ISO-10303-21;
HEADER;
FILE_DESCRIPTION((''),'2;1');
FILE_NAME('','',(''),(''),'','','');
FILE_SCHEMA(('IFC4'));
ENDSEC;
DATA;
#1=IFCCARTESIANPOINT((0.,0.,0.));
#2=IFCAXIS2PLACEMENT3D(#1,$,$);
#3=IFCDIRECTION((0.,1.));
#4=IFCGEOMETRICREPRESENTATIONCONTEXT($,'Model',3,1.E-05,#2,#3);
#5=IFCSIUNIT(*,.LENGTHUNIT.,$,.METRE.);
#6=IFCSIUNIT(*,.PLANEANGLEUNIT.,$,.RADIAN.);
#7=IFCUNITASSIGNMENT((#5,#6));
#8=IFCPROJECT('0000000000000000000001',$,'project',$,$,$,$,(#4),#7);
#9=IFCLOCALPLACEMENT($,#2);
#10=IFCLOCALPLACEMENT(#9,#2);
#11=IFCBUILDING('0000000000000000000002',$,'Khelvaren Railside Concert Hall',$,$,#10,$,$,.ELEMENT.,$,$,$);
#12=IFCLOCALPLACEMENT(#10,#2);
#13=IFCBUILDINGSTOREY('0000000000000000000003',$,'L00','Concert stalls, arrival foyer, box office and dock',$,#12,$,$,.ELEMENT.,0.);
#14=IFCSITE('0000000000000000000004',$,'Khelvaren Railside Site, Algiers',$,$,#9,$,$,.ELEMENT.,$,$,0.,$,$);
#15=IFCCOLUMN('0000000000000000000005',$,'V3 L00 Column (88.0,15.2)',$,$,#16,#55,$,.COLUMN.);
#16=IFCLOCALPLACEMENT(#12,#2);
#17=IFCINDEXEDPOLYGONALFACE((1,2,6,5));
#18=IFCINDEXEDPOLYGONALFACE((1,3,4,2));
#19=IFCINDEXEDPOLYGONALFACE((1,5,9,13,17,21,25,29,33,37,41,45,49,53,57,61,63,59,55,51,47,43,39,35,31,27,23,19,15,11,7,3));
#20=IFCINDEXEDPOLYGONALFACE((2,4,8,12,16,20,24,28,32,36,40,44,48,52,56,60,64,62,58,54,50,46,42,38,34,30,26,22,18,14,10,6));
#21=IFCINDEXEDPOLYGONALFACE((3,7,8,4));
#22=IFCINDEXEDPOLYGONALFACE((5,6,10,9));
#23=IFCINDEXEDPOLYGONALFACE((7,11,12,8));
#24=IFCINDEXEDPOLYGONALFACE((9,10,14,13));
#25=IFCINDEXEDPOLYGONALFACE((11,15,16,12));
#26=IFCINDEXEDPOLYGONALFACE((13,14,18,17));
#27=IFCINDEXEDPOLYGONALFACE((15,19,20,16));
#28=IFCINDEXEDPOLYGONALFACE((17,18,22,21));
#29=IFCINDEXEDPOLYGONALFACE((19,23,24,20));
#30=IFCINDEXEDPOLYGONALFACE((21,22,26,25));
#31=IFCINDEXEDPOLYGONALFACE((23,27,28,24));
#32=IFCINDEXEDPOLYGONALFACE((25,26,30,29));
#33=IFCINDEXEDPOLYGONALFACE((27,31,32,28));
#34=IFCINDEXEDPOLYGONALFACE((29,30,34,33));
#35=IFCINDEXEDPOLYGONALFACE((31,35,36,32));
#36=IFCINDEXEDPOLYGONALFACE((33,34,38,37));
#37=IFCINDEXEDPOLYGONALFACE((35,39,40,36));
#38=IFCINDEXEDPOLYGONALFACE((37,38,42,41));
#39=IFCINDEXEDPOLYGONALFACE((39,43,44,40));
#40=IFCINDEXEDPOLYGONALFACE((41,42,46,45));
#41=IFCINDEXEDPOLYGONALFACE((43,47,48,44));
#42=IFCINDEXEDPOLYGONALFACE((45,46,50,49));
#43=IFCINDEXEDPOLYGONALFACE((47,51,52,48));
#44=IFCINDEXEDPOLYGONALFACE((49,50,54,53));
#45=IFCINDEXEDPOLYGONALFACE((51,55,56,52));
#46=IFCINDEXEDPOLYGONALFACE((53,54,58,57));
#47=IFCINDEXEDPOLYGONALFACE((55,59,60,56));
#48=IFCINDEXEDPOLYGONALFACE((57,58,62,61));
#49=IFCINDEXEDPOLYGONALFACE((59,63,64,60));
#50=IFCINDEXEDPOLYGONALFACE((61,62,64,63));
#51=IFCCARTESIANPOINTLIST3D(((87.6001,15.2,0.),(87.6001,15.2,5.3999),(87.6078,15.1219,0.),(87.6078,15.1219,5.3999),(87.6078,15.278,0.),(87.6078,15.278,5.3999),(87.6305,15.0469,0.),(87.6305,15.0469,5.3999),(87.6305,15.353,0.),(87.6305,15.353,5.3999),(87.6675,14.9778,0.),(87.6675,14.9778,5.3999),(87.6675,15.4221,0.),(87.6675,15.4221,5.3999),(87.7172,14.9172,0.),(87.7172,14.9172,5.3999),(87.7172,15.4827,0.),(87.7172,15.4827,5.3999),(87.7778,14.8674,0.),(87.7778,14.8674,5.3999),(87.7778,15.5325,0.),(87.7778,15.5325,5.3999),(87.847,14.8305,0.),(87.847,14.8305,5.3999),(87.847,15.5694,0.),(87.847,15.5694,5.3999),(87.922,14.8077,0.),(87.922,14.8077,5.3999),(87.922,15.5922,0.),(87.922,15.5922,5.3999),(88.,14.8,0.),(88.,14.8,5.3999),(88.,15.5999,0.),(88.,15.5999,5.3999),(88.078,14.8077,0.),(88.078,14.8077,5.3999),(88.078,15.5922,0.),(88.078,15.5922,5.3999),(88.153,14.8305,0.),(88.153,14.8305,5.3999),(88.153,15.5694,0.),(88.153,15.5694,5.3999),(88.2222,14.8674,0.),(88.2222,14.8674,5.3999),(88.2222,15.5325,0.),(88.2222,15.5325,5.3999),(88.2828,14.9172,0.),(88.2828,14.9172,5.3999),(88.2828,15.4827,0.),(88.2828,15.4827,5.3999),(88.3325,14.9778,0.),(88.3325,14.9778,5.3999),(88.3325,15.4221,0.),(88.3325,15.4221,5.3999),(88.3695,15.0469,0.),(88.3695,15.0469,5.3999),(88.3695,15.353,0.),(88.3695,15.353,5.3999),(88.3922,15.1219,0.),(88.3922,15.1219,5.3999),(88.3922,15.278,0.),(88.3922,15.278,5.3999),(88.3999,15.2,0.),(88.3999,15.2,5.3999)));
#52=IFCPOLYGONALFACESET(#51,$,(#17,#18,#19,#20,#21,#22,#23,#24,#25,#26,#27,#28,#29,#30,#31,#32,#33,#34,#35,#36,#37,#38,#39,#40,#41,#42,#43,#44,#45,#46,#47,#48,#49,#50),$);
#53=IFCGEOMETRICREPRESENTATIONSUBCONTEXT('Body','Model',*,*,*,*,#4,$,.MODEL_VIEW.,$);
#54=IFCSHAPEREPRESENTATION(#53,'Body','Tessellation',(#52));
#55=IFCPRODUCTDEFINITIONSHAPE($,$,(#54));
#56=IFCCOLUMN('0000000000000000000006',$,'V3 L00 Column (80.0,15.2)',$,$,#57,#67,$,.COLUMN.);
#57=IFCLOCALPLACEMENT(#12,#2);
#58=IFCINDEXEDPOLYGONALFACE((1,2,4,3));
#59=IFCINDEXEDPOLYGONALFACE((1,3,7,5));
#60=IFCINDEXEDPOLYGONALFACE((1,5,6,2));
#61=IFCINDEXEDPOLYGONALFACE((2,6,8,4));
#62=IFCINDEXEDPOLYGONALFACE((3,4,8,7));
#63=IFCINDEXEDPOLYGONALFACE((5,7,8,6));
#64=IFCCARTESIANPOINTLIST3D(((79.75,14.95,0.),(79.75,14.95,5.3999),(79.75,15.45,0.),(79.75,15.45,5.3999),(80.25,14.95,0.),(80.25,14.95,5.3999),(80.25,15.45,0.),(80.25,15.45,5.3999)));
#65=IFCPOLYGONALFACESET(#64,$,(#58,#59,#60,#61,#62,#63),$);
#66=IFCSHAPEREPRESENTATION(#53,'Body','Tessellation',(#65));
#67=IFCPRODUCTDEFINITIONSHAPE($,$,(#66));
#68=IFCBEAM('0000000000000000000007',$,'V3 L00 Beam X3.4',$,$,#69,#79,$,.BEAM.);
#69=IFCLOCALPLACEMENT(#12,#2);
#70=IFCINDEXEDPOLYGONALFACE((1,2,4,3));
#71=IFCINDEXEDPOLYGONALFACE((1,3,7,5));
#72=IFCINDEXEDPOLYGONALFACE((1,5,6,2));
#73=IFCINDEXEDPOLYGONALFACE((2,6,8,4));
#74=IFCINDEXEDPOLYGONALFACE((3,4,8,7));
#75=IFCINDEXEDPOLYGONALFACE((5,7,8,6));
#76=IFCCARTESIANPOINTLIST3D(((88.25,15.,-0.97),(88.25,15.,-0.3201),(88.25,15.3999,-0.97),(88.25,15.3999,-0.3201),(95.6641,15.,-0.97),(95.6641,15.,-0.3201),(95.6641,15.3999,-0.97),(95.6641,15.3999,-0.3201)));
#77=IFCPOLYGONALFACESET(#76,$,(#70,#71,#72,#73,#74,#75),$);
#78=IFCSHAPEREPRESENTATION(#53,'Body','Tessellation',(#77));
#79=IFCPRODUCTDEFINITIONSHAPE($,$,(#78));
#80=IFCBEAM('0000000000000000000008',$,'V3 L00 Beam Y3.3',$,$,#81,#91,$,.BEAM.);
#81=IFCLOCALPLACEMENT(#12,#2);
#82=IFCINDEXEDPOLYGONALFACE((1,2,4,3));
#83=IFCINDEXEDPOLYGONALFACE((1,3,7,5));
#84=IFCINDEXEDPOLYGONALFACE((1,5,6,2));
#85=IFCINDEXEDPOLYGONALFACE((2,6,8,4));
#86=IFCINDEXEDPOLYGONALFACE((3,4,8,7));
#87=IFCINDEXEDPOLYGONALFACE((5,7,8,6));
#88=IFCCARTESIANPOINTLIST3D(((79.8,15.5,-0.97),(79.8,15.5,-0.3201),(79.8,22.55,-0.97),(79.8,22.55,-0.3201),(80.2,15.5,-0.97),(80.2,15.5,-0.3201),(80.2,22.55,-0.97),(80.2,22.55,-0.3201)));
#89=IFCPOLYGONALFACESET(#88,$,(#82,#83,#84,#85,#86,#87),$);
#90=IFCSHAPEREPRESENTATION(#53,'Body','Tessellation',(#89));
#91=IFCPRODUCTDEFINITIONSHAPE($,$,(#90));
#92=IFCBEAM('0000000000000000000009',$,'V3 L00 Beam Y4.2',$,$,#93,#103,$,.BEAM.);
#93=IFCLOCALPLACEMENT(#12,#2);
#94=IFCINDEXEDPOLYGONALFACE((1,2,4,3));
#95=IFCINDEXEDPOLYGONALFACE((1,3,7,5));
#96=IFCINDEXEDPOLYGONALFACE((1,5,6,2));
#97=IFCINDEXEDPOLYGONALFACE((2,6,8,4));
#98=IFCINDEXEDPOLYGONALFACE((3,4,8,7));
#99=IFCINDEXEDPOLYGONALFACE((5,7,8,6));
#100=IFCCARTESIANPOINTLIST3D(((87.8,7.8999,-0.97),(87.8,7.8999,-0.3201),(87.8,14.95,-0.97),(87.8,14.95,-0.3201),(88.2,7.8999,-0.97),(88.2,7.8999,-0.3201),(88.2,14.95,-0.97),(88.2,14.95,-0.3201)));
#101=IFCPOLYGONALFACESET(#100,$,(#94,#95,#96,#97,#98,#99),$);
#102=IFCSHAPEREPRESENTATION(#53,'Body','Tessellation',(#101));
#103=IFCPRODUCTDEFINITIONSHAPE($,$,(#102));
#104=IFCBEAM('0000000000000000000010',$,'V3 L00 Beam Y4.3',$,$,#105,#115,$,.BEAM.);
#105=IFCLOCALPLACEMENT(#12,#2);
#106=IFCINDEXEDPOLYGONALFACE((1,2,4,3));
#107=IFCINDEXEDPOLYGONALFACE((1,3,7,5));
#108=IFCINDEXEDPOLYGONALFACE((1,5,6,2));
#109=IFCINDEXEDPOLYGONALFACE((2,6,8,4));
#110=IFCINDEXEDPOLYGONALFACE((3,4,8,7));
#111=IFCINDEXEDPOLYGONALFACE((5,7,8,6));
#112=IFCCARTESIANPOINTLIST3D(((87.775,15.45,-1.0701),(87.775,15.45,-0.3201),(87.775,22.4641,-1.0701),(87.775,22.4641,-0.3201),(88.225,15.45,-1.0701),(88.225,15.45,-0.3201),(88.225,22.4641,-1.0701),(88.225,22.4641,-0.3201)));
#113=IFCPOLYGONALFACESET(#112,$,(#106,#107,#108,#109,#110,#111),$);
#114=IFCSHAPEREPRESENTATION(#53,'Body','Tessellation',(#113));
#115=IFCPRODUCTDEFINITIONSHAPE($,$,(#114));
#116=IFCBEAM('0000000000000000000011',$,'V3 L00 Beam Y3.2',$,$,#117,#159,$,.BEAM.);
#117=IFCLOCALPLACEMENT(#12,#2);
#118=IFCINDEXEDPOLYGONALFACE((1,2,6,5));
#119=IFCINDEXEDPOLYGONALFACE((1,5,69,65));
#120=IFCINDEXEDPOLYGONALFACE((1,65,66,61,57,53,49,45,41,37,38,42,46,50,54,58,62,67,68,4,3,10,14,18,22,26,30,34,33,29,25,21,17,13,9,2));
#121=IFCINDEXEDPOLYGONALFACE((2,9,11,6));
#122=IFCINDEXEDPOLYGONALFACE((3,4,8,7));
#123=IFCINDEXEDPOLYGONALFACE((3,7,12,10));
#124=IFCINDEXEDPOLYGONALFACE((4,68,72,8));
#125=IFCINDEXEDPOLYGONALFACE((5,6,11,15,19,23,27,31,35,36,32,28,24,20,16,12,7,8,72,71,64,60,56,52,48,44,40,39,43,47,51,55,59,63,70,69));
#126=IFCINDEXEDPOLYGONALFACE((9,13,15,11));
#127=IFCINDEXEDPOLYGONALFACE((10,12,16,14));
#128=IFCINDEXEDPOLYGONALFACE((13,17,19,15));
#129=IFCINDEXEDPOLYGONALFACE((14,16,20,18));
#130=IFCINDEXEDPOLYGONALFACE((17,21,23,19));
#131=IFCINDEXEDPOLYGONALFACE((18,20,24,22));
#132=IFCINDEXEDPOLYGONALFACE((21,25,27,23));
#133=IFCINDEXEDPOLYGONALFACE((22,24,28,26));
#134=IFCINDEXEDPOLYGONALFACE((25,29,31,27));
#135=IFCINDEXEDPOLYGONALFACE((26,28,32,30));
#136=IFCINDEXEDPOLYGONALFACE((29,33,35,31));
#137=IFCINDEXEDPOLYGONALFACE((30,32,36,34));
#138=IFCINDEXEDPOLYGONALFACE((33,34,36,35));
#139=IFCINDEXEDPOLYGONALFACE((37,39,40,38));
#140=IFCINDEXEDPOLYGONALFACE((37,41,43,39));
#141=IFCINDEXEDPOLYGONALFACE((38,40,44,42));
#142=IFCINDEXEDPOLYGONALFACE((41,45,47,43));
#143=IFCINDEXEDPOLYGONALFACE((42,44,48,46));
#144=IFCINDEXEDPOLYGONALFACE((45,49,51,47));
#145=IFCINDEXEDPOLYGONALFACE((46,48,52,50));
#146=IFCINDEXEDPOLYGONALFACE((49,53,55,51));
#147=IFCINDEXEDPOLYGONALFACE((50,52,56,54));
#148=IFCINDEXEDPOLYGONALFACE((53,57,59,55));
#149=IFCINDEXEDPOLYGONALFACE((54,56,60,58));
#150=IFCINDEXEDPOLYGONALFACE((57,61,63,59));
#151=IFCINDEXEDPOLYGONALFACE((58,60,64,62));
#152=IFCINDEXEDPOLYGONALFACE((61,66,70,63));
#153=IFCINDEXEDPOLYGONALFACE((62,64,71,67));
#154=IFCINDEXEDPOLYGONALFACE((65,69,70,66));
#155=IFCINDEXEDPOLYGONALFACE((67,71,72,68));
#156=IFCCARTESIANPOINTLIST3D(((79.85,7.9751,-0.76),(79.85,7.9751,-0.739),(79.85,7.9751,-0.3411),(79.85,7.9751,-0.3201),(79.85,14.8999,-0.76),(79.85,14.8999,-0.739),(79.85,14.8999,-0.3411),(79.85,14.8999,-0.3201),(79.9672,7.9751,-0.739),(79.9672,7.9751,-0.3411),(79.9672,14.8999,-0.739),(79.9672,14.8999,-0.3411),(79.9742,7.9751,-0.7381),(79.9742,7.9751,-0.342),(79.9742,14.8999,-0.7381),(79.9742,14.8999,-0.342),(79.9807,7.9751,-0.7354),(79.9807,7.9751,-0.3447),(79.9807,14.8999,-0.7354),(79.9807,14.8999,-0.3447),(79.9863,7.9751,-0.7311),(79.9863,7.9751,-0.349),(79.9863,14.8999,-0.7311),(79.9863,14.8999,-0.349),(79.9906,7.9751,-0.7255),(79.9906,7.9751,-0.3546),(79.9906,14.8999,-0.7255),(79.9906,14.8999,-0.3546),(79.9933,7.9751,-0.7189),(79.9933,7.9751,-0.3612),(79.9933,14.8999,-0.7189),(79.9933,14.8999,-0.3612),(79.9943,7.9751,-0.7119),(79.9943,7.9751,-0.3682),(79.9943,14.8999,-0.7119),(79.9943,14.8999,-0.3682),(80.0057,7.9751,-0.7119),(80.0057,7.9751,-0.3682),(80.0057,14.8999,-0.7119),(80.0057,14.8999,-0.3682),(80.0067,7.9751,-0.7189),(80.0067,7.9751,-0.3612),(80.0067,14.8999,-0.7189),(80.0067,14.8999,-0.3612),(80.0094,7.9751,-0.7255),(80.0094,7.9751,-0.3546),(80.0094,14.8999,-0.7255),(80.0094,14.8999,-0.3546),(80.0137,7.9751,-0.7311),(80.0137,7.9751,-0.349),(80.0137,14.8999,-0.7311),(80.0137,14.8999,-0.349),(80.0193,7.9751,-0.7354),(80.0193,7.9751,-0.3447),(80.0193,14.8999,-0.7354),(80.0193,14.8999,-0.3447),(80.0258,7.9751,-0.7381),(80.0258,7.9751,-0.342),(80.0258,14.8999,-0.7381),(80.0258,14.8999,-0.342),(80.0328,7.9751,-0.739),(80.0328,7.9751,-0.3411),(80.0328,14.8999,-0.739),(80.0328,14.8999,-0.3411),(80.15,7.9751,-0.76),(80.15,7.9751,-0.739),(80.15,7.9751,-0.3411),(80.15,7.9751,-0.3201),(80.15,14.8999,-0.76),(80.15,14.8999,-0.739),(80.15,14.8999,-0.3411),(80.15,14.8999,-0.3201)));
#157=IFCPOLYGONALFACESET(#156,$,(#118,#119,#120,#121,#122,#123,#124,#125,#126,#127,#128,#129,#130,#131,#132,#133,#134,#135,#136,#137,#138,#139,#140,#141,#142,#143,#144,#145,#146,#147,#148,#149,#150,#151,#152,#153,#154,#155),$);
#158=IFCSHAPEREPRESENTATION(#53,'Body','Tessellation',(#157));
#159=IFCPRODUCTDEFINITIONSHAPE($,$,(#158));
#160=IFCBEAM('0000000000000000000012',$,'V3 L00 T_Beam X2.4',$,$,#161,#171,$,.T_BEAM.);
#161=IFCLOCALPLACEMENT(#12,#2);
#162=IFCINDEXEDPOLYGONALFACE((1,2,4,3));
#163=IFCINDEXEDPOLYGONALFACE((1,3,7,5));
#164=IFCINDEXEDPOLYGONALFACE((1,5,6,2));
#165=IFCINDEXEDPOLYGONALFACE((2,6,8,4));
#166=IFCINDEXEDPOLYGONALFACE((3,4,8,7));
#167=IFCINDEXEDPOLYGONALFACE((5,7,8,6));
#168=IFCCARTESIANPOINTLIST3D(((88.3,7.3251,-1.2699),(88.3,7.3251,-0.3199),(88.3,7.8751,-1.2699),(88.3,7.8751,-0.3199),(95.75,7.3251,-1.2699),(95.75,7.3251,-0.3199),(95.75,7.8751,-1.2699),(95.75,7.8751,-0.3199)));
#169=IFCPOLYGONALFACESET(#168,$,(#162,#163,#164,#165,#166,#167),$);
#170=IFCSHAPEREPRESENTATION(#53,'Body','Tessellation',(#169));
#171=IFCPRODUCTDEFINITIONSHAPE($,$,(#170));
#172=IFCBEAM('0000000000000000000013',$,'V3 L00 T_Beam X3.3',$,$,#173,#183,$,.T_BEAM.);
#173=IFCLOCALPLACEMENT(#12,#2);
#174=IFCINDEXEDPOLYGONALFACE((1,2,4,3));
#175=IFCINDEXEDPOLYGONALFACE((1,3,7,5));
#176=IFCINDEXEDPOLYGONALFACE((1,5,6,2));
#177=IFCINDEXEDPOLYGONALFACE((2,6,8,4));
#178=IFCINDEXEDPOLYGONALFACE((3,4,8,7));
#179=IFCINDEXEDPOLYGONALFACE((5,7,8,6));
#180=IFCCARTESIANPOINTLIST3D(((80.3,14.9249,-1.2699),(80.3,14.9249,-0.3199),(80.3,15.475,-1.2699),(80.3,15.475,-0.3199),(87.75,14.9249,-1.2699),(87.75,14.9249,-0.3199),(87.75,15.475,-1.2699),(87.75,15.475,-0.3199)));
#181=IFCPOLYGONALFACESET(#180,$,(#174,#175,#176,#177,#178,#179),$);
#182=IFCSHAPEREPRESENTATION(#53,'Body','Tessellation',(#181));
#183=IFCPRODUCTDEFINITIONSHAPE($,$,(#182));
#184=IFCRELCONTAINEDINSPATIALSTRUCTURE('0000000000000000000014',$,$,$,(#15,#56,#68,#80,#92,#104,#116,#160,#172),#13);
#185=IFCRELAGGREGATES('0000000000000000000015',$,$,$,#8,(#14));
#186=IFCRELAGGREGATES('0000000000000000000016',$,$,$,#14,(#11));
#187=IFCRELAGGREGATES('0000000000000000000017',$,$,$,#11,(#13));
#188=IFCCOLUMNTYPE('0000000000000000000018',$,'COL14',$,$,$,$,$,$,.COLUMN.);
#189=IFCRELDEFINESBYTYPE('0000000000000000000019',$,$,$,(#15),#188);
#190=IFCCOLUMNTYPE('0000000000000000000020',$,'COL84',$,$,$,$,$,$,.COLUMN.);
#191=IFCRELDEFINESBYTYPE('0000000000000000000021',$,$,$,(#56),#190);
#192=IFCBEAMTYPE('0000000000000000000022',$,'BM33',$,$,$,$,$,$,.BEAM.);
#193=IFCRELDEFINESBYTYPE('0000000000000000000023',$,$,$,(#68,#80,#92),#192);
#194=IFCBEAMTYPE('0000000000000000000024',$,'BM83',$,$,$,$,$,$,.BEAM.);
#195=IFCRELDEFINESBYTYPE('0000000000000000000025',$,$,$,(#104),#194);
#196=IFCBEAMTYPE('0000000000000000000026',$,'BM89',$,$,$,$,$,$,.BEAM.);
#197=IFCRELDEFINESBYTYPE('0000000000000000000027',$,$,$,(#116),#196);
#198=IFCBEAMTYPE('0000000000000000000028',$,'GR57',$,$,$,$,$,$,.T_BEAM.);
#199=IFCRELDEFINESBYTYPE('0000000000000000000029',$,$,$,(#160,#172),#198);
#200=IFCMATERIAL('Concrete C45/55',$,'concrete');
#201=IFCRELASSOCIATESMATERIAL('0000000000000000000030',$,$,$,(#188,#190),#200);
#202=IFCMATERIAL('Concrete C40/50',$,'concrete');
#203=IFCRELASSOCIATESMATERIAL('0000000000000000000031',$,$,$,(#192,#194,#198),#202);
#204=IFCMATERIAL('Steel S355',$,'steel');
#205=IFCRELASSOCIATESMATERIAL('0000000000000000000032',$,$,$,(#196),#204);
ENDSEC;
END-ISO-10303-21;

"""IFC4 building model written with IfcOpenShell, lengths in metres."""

from ifc_helpers import new_model, si_unit, direction, frame, origin, origin_2d, place, context, subcontext, project, spatial, rectangle, circle, i_section, extrude, material, material_profile, profile_set, type_object, element, save


model = new_model("IFC4")

# Units and contexts
model_context = context("Model", 3, precision=1e-05, world=origin(), true_north=direction((0.0, 1.0)))
body_context = subcontext(model_context, "Body", "Model", "MODEL_VIEW")
ifc_project = project(units=[si_unit("LENGTHUNIT", "METRE"), si_unit("PLANEANGLEUNIT", "RADIAN")], contexts=[model_context])

# Site, building, storey
site_placement = place(None, origin())
site = spatial("IfcSite", under=ifc_project, at=site_placement, Name="Khelvaren Railside Site, Algiers", CompositionType="ELEMENT", RefElevation=0.0)
building_placement = place(site_placement, origin())
building = spatial("IfcBuilding", under=site, at=building_placement, Name="Khelvaren Railside Concert Hall", CompositionType="ELEMENT")
storey_placement = place(building_placement, origin())
storey = spatial("IfcBuildingStorey", under=building, at=storey_placement, Name="L00", Description="Concert stalls, arrival foyer, box office and dock", CompositionType="ELEMENT", Elevation=0.0)

# Columns
ifc_material_1 = material(Name="Concrete C45/55", Category="concrete")
ifc_material_profile_1 = material_profile(ifc_material_1, circle(Radius=0.3999, at=origin_2d()), Name="RC D800")
ifc_profile_set_1 = profile_set([ifc_material_profile_1], Name="Concrete C45/55")
column_type_1 = type_object("IfcColumnType", Name="COL14", PredefinedType="COLUMN", material=ifc_profile_set_1)
column_1_placement = place(storey_placement, frame((88.0, 15.2, 0.0), z_axis=(0.0, 0.0, 1.0), x_axis=(1.0, 0.0, 0.0)))
element("IfcColumn", 1, at=column_1_placement, inside=storey, type_object=column_type_1, Name="V3 L00 Column (88.0,15.2)", PredefinedType="COLUMN", context=body_context, shape_type="SweptSolid", body=[
    extrude(circle(Radius=0.3999, at=origin_2d()), origin(), (0.0, 0.0, 1.0), 5.3999),
])
ifc_material_profile_2 = material_profile(ifc_material_1, rectangle(XDim=0.5, YDim=0.5, at=origin_2d()), Name="RC 500x500")
ifc_profile_set_2 = profile_set([ifc_material_profile_2], Name="Concrete C45/55")
column_type_2 = type_object("IfcColumnType", Name="COL84", PredefinedType="COLUMN", material=ifc_profile_set_2)
column_2_placement = place(storey_placement, frame((80.0, 15.2, 0.0), z_axis=(0.0, 0.0, 1.0), x_axis=(1.0, 0.0, 0.0)))
element("IfcColumn", 2, at=column_2_placement, inside=storey, type_object=column_type_2, Name="V3 L00 Column (80.0,15.2)", PredefinedType="COLUMN", context=body_context, shape_type="SweptSolid", body=[
    extrude(rectangle(XDim=0.5, YDim=0.5, at=origin_2d()), origin(), (0.0, 0.0, 1.0), 5.3999),
])

# Beams
ifc_material_2 = material(Name="Concrete C40/50", Category="concrete")
ifc_material_profile_3 = material_profile(ifc_material_2, rectangle(XDim=0.3999, YDim=0.6499, at=origin_2d()), Name="RCB 400x650")
ifc_profile_set_3 = profile_set([ifc_material_profile_3], Name="Concrete C40/50")
beam_type_1 = type_object("IfcBeamType", Name="BM33", PredefinedType="BEAM", material=ifc_profile_set_3)
beam_1_placement = place(storey_placement, frame((88.25, 15.2, -0.645), z_axis=(1.0, 0.0, 0.0), x_axis=(0.0, 1.0, 0.0)))
element("IfcBeam", 3, at=beam_1_placement, inside=storey, type_object=beam_type_1, Name="V3 L00 Beam X3.4", PredefinedType="BEAM", context=body_context, shape_type="SweptSolid", body=[
    extrude(rectangle(XDim=0.3999, YDim=0.6499, at=origin_2d()), origin(), (0.0, 0.0, 1.0), 7.4141),
])
for number, where, z_axis, x_axis, name in (
    (4, (80.0, 15.5, -0.645), (0.0, 1.0, 0.0), (-1.0, 0.0, 0.0), "V3 L00 Beam Y3.3"),
    (5, (88.0, 7.8999, -0.645), (0.0, 1.0, 0.0), (-1.0, 0.0, 0.0), "V3 L00 Beam Y4.2"),
):
    element("IfcBeam", number, at=place(storey_placement, frame(where, z_axis=z_axis, x_axis=x_axis)), inside=storey, type_object=beam_type_1, Name=name, PredefinedType="BEAM", context=body_context, shape_type="SweptSolid", body=[
        extrude(rectangle(XDim=0.3999, YDim=0.6499, at=origin_2d()), origin(), (0.0, 0.0, 1.0), 7.05),
    ])
ifc_material_profile_4 = material_profile(ifc_material_2, rectangle(XDim=0.45, YDim=0.75, at=origin_2d()), Name="RCB 450x750")
ifc_profile_set_4 = profile_set([ifc_material_profile_4], Name="Concrete C40/50")
beam_type_2 = type_object("IfcBeamType", Name="BM83", PredefinedType="BEAM", material=ifc_profile_set_4)
beam_2_placement = place(storey_placement, frame((88.0, 15.45, -0.6951), z_axis=(0.0, 1.0, 0.0), x_axis=(-1.0, 0.0, 0.0)))
element("IfcBeam", 6, at=beam_2_placement, inside=storey, type_object=beam_type_2, Name="V3 L00 Beam Y4.3", PredefinedType="BEAM", context=body_context, shape_type="SweptSolid", body=[
    extrude(rectangle(XDim=0.45, YDim=0.75, at=origin_2d()), origin(), (0.0, 0.0, 1.0), 7.0142),
])
ifc_material_3 = material(Name="Steel S355", Category="steel")
ifc_material_profile_5 = material_profile(ifc_material_3, i_section(OverallWidth=0.3, OverallDepth=0.4399, WebThickness=0.0115, FlangeThickness=0.021, FilletRadius=0.0271, at=origin_2d()), Name="HEA 450")
ifc_profile_set_5 = profile_set([ifc_material_profile_5], Name="Steel S355")
beam_type_3 = type_object("IfcBeamType", Name="BM89", PredefinedType="BEAM", material=ifc_profile_set_5)
beam_3_placement = place(storey_placement, frame((80.0, 7.9751, -0.54), z_axis=(0.0, 1.0, 0.0), x_axis=(-1.0, 0.0, 0.0)))
element("IfcBeam", 7, at=beam_3_placement, inside=storey, type_object=beam_type_3, Name="V3 L00 Beam Y3.2", PredefinedType="BEAM", context=body_context, shape_type="SweptSolid", body=[
    extrude(i_section(OverallWidth=0.3, OverallDepth=0.4399, WebThickness=0.0115, FlangeThickness=0.021, FilletRadius=0.0271, at=origin_2d()), origin(), (0.0, 0.0, 1.0), 6.9248),
])
ifc_material_profile_6 = material_profile(ifc_material_2, rectangle(XDim=0.55, YDim=0.95, at=origin_2d()), Name="RCB 550x950")
ifc_profile_set_6 = profile_set([ifc_material_profile_6], Name="Concrete C40/50")
beam_type_4 = type_object("IfcBeamType", Name="GR57", PredefinedType="T_BEAM", material=ifc_profile_set_6)
for number, where, z_axis, x_axis, name in (
    (8, (88.3, 7.6001, -0.7949), (1.0, 0.0, 0.0), (0.0, 1.0, 0.0), "V3 L00 T_Beam X2.4"),
    (9, (80.3, 15.2, -0.7949), (1.0, 0.0, 0.0), (0.0, 1.0, 0.0), "V3 L00 T_Beam X3.3"),
):
    element("IfcBeam", number, at=place(storey_placement, frame(where, z_axis=z_axis, x_axis=x_axis)), inside=storey, type_object=beam_type_4, Name=name, PredefinedType="T_BEAM", context=body_context, shape_type="SweptSolid", body=[
        extrude(rectangle(XDim=0.55, YDim=0.95, at=origin_2d()), origin(), (0.0, 0.0, 1.0), 7.45),
    ])

save(model, "model.ifc")
